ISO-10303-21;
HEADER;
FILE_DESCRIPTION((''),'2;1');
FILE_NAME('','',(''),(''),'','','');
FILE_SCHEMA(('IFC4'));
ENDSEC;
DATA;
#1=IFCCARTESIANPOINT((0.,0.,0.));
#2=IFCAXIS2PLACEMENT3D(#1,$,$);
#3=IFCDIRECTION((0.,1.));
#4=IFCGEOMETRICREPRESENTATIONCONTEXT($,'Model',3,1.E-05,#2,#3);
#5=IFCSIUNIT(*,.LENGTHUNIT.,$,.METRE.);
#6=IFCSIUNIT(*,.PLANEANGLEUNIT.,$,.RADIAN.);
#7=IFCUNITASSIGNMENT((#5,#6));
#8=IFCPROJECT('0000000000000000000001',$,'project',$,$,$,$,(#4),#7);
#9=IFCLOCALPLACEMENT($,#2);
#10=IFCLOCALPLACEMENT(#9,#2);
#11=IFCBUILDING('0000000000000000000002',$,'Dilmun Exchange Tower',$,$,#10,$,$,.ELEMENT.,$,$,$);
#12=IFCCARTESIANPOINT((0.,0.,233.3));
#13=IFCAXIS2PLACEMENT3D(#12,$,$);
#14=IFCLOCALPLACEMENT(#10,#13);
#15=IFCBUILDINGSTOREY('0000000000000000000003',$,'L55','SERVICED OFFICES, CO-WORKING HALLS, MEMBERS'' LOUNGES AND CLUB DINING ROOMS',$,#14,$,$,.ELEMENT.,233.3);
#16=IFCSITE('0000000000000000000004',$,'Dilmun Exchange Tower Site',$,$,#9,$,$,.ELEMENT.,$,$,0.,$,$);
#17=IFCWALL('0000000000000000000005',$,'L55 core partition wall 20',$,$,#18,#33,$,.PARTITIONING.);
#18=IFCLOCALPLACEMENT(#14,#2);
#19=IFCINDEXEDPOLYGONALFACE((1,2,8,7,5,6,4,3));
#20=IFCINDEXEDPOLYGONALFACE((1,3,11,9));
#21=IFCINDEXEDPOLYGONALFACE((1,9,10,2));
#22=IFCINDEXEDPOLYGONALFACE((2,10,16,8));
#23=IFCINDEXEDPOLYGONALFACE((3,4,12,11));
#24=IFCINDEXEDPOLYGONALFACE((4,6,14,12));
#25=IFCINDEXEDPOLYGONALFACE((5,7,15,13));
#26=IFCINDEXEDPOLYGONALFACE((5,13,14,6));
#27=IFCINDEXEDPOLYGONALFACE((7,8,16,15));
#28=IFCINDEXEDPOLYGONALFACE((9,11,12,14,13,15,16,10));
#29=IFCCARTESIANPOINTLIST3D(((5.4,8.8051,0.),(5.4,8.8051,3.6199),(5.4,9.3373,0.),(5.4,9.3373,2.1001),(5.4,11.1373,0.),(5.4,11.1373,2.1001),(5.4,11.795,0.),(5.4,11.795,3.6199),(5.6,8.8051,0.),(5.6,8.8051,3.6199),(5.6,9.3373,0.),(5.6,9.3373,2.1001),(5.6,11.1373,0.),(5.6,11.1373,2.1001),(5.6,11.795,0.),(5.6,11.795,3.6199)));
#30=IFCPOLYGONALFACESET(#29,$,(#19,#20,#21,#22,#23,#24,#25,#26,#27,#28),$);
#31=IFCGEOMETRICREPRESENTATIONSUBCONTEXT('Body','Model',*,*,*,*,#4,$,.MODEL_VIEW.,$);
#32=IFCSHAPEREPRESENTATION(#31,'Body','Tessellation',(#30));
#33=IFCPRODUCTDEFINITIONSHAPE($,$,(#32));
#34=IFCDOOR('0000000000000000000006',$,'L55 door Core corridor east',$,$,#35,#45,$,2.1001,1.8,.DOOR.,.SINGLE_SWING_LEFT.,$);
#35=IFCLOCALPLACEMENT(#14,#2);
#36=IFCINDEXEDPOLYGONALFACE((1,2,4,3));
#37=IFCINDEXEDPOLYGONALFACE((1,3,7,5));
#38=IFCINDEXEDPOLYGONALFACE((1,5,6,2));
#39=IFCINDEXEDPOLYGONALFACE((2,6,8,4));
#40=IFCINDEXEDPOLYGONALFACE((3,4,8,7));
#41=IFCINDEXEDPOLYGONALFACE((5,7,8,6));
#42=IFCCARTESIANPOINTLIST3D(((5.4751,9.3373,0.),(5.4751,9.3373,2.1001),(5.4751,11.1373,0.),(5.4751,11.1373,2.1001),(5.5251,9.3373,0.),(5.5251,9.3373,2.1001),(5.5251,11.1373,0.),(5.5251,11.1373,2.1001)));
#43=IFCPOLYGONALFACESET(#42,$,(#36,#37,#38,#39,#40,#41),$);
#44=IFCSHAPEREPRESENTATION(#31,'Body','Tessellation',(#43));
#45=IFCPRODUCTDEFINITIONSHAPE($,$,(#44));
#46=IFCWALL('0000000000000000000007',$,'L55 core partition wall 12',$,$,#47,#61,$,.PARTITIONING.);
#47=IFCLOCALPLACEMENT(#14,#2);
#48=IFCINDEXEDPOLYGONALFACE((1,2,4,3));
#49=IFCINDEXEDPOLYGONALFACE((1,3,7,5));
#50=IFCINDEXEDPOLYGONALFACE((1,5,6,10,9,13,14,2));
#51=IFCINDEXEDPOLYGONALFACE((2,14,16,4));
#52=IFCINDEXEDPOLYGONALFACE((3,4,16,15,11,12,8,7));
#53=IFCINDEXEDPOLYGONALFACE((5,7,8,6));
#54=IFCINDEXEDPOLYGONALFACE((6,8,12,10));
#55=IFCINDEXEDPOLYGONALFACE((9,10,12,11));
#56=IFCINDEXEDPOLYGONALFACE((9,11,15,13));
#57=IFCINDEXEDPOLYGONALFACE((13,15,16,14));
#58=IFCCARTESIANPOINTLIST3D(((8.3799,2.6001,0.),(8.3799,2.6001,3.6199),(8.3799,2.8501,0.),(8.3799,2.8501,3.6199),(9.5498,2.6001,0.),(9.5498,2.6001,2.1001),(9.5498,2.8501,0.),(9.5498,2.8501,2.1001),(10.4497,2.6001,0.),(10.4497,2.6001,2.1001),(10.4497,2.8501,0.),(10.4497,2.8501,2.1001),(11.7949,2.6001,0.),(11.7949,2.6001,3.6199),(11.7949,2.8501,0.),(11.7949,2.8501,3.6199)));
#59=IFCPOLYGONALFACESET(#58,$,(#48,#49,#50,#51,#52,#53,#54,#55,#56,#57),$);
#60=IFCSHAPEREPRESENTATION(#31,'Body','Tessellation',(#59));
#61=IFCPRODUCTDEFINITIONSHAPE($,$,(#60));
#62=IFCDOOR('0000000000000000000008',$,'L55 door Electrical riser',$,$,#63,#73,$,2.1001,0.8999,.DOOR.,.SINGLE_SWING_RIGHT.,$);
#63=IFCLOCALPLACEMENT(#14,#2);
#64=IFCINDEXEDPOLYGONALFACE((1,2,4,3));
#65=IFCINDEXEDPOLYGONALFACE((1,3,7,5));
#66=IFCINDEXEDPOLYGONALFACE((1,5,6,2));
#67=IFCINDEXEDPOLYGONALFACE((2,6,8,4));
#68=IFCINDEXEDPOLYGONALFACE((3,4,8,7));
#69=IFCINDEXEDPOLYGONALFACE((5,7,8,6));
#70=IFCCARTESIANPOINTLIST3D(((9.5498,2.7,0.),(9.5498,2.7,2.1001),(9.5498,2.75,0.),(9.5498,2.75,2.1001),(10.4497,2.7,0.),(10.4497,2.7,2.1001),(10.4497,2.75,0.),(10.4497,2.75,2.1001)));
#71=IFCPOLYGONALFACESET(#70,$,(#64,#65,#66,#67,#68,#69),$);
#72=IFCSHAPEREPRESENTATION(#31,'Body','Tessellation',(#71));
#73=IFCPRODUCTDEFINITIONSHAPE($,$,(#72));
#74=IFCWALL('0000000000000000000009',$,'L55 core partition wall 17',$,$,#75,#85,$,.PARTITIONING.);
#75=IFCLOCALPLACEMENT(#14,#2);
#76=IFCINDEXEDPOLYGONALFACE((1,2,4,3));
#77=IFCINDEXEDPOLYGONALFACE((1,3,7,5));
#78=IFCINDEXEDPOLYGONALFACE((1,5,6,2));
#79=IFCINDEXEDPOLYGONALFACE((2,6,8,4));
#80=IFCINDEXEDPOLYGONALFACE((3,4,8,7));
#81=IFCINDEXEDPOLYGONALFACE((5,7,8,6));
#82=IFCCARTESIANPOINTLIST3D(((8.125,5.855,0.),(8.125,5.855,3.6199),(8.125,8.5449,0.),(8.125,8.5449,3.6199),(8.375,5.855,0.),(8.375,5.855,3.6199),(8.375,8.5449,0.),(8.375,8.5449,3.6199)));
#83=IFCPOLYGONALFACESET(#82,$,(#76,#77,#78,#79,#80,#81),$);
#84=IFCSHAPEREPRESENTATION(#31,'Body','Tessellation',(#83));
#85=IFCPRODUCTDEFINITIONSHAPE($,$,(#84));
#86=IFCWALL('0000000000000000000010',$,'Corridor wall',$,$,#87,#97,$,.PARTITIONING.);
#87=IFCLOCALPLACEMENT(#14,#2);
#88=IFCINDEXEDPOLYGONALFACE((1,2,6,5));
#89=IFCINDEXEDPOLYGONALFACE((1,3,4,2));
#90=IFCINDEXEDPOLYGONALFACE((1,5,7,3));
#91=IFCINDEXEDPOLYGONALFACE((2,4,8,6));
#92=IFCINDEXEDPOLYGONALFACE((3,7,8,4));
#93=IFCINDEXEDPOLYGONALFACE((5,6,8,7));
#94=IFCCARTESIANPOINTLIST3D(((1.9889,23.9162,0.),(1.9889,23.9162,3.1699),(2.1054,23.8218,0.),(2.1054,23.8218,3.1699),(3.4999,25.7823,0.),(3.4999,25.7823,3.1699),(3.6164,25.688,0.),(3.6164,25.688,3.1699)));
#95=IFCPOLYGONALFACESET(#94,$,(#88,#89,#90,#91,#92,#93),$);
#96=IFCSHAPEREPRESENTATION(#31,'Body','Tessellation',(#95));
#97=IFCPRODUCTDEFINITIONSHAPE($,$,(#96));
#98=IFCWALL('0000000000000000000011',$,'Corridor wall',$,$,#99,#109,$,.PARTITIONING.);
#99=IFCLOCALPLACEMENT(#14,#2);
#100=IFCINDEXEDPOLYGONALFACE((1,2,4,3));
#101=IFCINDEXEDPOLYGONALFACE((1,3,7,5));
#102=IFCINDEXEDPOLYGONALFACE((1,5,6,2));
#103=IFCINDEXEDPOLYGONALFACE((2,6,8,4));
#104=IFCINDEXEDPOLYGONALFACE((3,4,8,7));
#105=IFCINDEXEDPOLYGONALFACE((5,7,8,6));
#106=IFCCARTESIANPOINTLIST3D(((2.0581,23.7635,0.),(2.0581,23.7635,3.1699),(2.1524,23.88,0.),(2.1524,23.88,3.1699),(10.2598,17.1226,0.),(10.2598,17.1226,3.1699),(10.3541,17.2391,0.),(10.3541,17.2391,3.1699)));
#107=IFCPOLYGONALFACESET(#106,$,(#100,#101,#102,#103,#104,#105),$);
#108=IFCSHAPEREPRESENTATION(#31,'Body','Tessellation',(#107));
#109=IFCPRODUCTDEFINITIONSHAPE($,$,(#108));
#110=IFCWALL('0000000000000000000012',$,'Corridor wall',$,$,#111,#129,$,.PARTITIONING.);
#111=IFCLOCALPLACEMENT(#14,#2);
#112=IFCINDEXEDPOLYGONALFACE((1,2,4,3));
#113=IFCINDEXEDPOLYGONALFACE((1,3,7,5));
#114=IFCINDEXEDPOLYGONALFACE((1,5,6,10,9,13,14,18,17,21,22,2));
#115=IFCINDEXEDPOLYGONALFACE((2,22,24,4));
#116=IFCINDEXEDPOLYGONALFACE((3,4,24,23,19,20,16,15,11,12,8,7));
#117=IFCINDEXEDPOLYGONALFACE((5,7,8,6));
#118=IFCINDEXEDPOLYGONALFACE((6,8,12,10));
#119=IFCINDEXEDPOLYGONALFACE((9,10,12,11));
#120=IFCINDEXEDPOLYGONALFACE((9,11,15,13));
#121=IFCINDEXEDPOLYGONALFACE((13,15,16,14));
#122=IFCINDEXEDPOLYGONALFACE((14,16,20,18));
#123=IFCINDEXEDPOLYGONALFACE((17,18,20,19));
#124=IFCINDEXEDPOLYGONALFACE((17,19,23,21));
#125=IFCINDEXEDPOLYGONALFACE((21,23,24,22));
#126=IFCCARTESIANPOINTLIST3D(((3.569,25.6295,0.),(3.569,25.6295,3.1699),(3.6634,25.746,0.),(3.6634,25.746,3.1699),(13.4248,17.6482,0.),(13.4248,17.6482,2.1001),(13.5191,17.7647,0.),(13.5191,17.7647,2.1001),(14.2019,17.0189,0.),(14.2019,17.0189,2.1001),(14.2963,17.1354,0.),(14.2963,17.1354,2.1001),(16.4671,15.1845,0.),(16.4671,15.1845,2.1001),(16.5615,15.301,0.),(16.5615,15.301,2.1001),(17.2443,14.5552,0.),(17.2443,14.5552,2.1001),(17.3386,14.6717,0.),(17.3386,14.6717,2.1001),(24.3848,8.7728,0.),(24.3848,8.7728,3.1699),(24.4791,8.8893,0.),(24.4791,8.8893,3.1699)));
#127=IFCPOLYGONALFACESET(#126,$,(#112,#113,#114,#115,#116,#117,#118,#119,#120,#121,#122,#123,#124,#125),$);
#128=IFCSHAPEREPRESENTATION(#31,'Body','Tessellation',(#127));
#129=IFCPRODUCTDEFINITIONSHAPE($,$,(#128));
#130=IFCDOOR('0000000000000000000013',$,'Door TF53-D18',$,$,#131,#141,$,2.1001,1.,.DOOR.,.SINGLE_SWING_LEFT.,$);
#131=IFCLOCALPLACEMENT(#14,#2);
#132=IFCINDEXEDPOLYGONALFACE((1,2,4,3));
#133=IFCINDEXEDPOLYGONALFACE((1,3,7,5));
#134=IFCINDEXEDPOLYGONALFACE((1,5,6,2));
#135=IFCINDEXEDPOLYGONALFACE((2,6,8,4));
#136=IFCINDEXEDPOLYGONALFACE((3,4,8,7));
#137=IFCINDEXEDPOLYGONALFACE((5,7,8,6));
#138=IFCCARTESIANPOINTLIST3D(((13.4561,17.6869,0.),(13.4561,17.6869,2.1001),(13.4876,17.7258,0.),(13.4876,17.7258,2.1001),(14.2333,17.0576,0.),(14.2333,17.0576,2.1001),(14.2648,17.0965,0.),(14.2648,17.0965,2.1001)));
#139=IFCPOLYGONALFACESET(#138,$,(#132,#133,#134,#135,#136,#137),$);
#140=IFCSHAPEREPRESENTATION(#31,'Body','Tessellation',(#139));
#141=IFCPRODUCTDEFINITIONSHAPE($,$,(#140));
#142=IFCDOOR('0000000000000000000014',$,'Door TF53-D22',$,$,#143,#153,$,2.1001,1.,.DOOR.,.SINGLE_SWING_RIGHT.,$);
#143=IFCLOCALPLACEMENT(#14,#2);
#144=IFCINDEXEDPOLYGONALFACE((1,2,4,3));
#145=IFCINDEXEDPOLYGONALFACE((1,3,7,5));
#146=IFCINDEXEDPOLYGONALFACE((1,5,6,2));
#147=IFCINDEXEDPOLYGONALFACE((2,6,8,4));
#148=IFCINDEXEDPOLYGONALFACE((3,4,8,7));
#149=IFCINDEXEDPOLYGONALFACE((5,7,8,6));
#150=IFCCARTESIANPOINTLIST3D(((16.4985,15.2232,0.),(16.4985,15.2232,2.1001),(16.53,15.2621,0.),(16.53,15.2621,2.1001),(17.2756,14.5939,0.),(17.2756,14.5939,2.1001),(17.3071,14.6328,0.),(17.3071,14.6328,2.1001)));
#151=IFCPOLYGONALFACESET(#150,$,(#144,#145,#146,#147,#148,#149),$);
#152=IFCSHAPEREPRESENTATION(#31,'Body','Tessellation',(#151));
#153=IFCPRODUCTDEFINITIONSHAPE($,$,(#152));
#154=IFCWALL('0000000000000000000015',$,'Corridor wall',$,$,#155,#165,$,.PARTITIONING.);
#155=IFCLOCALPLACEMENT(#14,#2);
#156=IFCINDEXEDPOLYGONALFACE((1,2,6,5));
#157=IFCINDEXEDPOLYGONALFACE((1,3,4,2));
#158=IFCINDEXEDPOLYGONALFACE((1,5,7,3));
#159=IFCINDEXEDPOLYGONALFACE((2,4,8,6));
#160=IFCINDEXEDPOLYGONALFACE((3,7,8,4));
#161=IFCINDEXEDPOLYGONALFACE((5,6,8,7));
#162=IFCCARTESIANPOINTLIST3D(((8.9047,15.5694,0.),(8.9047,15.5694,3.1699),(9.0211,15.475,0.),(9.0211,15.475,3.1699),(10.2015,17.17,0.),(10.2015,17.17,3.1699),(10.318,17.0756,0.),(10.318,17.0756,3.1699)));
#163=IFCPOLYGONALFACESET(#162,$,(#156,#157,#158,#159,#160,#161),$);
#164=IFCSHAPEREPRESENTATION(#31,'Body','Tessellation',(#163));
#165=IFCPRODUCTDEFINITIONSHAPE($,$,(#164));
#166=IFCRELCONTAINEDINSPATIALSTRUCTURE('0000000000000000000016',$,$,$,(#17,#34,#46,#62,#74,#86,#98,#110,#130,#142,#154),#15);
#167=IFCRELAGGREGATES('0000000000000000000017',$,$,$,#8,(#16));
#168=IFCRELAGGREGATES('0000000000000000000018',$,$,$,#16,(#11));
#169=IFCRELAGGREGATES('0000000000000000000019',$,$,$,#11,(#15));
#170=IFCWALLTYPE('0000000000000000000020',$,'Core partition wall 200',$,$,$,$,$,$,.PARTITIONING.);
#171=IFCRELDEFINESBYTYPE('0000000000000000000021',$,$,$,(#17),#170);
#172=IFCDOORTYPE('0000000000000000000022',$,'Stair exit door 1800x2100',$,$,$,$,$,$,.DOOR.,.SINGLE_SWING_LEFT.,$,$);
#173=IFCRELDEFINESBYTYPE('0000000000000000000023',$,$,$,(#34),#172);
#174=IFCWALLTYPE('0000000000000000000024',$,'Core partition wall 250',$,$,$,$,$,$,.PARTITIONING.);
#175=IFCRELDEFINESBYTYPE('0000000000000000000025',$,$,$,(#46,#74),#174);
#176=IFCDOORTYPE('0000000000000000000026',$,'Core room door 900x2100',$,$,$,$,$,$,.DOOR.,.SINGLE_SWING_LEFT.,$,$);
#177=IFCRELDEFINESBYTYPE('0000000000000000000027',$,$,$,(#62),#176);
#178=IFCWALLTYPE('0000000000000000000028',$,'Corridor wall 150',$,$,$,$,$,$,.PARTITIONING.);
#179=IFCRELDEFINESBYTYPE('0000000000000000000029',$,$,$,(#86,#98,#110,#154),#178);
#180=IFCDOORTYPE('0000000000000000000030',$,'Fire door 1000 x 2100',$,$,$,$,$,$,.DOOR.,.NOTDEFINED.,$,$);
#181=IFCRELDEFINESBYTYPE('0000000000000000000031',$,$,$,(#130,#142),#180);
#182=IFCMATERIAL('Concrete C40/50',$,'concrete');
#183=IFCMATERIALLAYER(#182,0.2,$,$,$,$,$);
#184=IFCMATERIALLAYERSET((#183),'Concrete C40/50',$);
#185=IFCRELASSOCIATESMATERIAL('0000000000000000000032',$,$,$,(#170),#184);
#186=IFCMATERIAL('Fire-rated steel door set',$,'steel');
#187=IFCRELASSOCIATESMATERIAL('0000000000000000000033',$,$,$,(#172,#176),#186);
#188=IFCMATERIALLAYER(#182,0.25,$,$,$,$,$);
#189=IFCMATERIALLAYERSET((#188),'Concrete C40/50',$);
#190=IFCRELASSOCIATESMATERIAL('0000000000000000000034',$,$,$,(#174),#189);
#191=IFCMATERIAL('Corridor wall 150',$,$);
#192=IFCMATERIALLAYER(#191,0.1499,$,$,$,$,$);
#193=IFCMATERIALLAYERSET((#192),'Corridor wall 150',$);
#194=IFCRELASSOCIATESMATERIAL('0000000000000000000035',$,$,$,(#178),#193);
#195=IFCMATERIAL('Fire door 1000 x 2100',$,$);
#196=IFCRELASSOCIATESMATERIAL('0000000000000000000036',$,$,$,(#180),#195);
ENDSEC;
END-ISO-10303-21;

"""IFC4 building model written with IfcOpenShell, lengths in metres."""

from ifc_helpers import new_model, si_unit, direction, frame, frame_2d, origin, place, context, subcontext, project, spatial, rectangle, extrude, material, layer, layer_set, type_object, element, fill, save


model = new_model("IFC4")

# Units and contexts
model_context = context("Model", 3, precision=1e-05, world=origin(), true_north=direction((0.0, 1.0)))
body_context = subcontext(model_context, "Body", "Model", "MODEL_VIEW")
ifc_project = project(units=[si_unit("LENGTHUNIT", "METRE"), si_unit("PLANEANGLEUNIT", "RADIAN")], contexts=[model_context])

# Site, building, storey
site_placement = place(None, origin())
site = spatial("IfcSite", under=ifc_project, at=site_placement, Name="Dilmun Exchange Tower Site", CompositionType="ELEMENT", RefElevation=0.0)
building_placement = place(site_placement, origin())
building = spatial("IfcBuilding", under=site, at=building_placement, Name="Dilmun Exchange Tower", CompositionType="ELEMENT")
storey_placement = place(building_placement, frame((0.0, 0.0, 233.3)))
storey = spatial("IfcBuildingStorey", under=building, at=storey_placement, Name="L55", Description="SERVICED OFFICES, CO-WORKING HALLS, MEMBERS' LOUNGES AND CLUB DINING ROOMS", CompositionType="ELEMENT", Elevation=233.3)

# Walls, openings, doors
ifc_material_1 = material(Name="Concrete C40/50", Category="concrete")
ifc_layer_1 = layer(ifc_material_1, 0.2)
ifc_layer_set_1 = layer_set([ifc_layer_1], Name="Concrete C40/50")
wall_type_1 = type_object("IfcWallType", Name="Core partition wall 200", PredefinedType="PARTITIONING", material=ifc_layer_set_1)
wall_1_placement = place(storey_placement, frame((5.5, 8.8049, 0.0), z_axis=(0.0, 0.0, 1.0), x_axis=(0.0, 1.0, 0.0)))
wall_1 = element("IfcWall", 1, at=wall_1_placement, inside=storey, type_object=wall_type_1, Name="L55 core partition wall 20", PredefinedType="PARTITIONING", context=body_context, shape_type="SweptSolid", body=[
    extrude(rectangle(XDim=2.99, YDim=0.2, at=frame_2d((1.4951, 0.0))), origin(), (0.0, 0.0, 1.0), 3.6199),
])
opening_1_placement = place(wall_1_placement, frame((0.5325, 0.0, 0.0)))
opening_1 = element("IfcOpeningElement", 2, at=opening_1_placement, cuts=wall_1, PredefinedType="OPENING", context=body_context, shape_type="SweptSolid", body=[
    extrude(rectangle(XDim=1.8, YDim=2.1001, at=frame_2d((0.8999, 1.05))), frame((0.0, 0.1099, 0.0), z_axis=(0.0, -1.0, 0.0), x_axis=(1.0, 0.0, 0.0)), (0.0, 0.0, 1.0), 0.22),
])
ifc_material_2 = material(Name="Fire-rated steel door set", Category="steel")
door_type_1 = type_object("IfcDoorType", Name="Stair exit door 1800x2100", OperationType="SINGLE_SWING_LEFT", PredefinedType="DOOR", material=ifc_material_2)
door_1_placement = place(opening_1_placement, origin())
door_1 = element("IfcDoor", 3, at=door_1_placement, inside=storey, type_object=door_type_1, Name="L55 door Core corridor east", OperationType="SINGLE_SWING_LEFT", OverallHeight=2.1001, OverallWidth=1.8, PredefinedType="DOOR", context=body_context, shape_type="SweptSolid", body=[
    extrude(rectangle(XDim=1.8, YDim=2.1001, at=frame_2d((0.8999, 1.05))), frame((0.0, 0.0249, 0.0), z_axis=(0.0, -1.0, 0.0), x_axis=(1.0, 0.0, 0.0)), (0.0, 0.0, 1.0), 0.05),
])
fill(opening_1, door_1)
ifc_layer_2 = layer(ifc_material_1, 0.25)
ifc_layer_set_2 = layer_set([ifc_layer_2], Name="Concrete C40/50")
wall_type_2 = type_object("IfcWallType", Name="Core partition wall 250", PredefinedType="PARTITIONING", material=ifc_layer_set_2)
wall_2_placement = place(storey_placement, frame((8.3799, 2.7251, 0.0), z_axis=(0.0, 0.0, 1.0), x_axis=(1.0, 0.0, 0.0)))
wall_2 = element("IfcWall", 4, at=wall_2_placement, inside=storey, type_object=wall_type_2, Name="L55 core partition wall 12", PredefinedType="PARTITIONING", context=body_context, shape_type="SweptSolid", body=[
    extrude(rectangle(XDim=3.415, YDim=0.25, at=frame_2d((1.7075, 0.0))), origin(), (0.0, 0.0, 1.0), 3.6199),
])
opening_2_placement = place(wall_2_placement, frame((1.1699, 0.0, 0.0)))
opening_2 = element("IfcOpeningElement", 5, at=opening_2_placement, cuts=wall_2, PredefinedType="OPENING", context=body_context, shape_type="SweptSolid", body=[
    extrude(rectangle(XDim=0.8999, YDim=2.1001, at=frame_2d((0.45, 1.05))), frame((0.0, 0.135, 0.0), z_axis=(0.0, -1.0, 0.0), x_axis=(1.0, 0.0, 0.0)), (0.0, 0.0, 1.0), 0.27),
])
door_type_2 = type_object("IfcDoorType", Name="Core room door 900x2100", OperationType="SINGLE_SWING_LEFT", PredefinedType="DOOR", material=ifc_material_2)
door_2_placement = place(opening_2_placement, origin())
door_2 = element("IfcDoor", 6, at=door_2_placement, inside=storey, type_object=door_type_2, Name="L55 door Electrical riser", OperationType="SINGLE_SWING_RIGHT", OverallHeight=2.1001, OverallWidth=0.8999, PredefinedType="DOOR", context=body_context, shape_type="SweptSolid", body=[
    extrude(rectangle(XDim=0.8999, YDim=2.1001, at=frame_2d((0.45, 1.05))), frame((0.0, 0.0249, 0.0), z_axis=(0.0, -1.0, 0.0), x_axis=(1.0, 0.0, 0.0)), (0.0, 0.0, 1.0), 0.05),
])
fill(opening_2, door_2)

# Walls
wall_3_placement = place(storey_placement, frame((8.25, 5.855, 0.0), z_axis=(0.0, 0.0, 1.0), x_axis=(0.0, 1.0, 0.0)))
element("IfcWall", 7, at=wall_3_placement, inside=storey, type_object=wall_type_2, Name="L55 core partition wall 17", PredefinedType="PARTITIONING", context=body_context, shape_type="SweptSolid", body=[
    extrude(rectangle(XDim=2.6899, YDim=0.25, at=frame_2d((1.345, 0.0))), origin(), (0.0, 0.0, 1.0), 3.6199),
])
ifc_material_3 = material(Name="Corridor wall 150")
ifc_layer_3 = layer(ifc_material_3, 0.1499)
ifc_layer_set_3 = layer_set([ifc_layer_3], Name="Corridor wall 150")
wall_type_3 = type_object("IfcWallType", Name="Corridor wall 150", PredefinedType="PARTITIONING", material=ifc_layer_set_3)
wall_4_placement = place(storey_placement, frame((2.0471, 23.8689, 0.0), z_axis=(0.0, 0.0, 1.0), x_axis=(0.62926, 0.777195, 0.0)))
element("IfcWall", 8, at=wall_4_placement, inside=storey, type_object=wall_type_3, Name="Corridor wall", PredefinedType="PARTITIONING", context=body_context, shape_type="SweptSolid", body=[
    extrude(rectangle(XDim=2.4011, YDim=0.1499, at=frame_2d((1.2007, 0.0))), origin(), (0.0, 0.0, 1.0), 3.1699),
])
wall_5_placement = place(storey_placement, frame((2.1052, 23.8218, 0.0), z_axis=(0.0, 0.0, 1.0), x_axis=(0.777179, -0.62928, 0.0)))
element("IfcWall", 9, at=wall_5_placement, inside=storey, type_object=wall_type_3, Name="Corridor wall", PredefinedType="PARTITIONING", context=body_context, shape_type="SweptSolid", body=[
    extrude(rectangle(XDim=10.5532, YDim=0.1499, at=frame_2d((5.2766, 0.0))), origin(), (0.0, 0.0, 1.0), 3.1699),
])

# Wall, openings, doors
wall_6_placement = place(storey_placement, frame((3.6162, 25.6877, 0.0), z_axis=(0.0, 0.0, 1.0), x_axis=(0.777137, -0.629331, 0.0)))
wall_6 = element("IfcWall", 10, at=wall_6_placement, inside=storey, type_object=wall_type_3, Name="Corridor wall", PredefinedType="PARTITIONING", context=body_context, shape_type="SweptSolid", body=[
    extrude(rectangle(XDim=26.7852, YDim=0.1499, at=frame_2d((13.3926, 0.0))), origin(), (0.0, 0.0, 1.0), 3.1699),
])
opening_3_placement = place(wall_6_placement, frame((12.6821, 0.0, 0.0)))
opening_3 = element("IfcOpeningElement", 11, at=opening_3_placement, cuts=wall_6, PredefinedType="OPENING", context=body_context, shape_type="SweptSolid", body=[
    extrude(rectangle(XDim=1.0, YDim=2.1001, at=frame_2d((0.5, 1.05))), frame((0.0, 0.085, 0.0), z_axis=(0.0, -1.0, 0.0), x_axis=(1.0, 0.0, 0.0)), (0.0, 0.0, 1.0), 0.1699),
])
opening_4_placement = place(wall_6_placement, frame((16.5969, 0.0, 0.0)))
opening_4 = element("IfcOpeningElement", 12, at=opening_4_placement, cuts=wall_6, PredefinedType="OPENING", context=body_context, shape_type="SweptSolid", body=[
    extrude(rectangle(XDim=1.0, YDim=2.1001, at=frame_2d((0.5, 1.05))), frame((0.0, 0.085, 0.0), z_axis=(0.0, -1.0, 0.0), x_axis=(1.0, 0.0, 0.0)), (0.0, 0.0, 1.0), 0.1699),
])
ifc_material_4 = material(Name="Fire door 1000 x 2100")
door_type_3 = type_object("IfcDoorType", Name="Fire door 1000 x 2100", OperationType="NOTDEFINED", PredefinedType="DOOR", material=ifc_material_4)
door_3_placement = place(opening_3_placement, origin())
door_3 = element("IfcDoor", 13, at=door_3_placement, inside=storey, type_object=door_type_3, Name="Door TF53-D18", OperationType="SINGLE_SWING_LEFT", OverallHeight=2.1001, OverallWidth=1.0, PredefinedType="DOOR", context=body_context, shape_type="SweptSolid", body=[
    extrude(rectangle(XDim=1.0, YDim=2.1001, at=frame_2d((0.5, 1.05))), frame((0.0, 0.0249, 0.0), z_axis=(0.0, -1.0, 0.0), x_axis=(1.0, 0.0, 0.0)), (0.0, 0.0, 1.0), 0.05),
])
fill(opening_3, door_3)
door_4_placement = place(opening_4_placement, origin())
door_4 = element("IfcDoor", 14, at=door_4_placement, inside=storey, type_object=door_type_3, Name="Door TF53-D22", OperationType="SINGLE_SWING_RIGHT", OverallHeight=2.1001, OverallWidth=1.0, PredefinedType="DOOR", context=body_context, shape_type="SweptSolid", body=[
    extrude(rectangle(XDim=1.0, YDim=2.1001, at=frame_2d((0.5, 1.05))), frame((0.0, 0.0249, 0.0), z_axis=(0.0, -1.0, 0.0), x_axis=(1.0, 0.0, 0.0)), (0.0, 0.0, 1.0), 0.05),
])
fill(opening_4, door_4)

# Wall
wall_7_placement = place(storey_placement, frame((8.9629, 15.5222, 0.0), z_axis=(0.0, 0.0, 1.0), x_axis=(0.629539, 0.776969, 0.0)))
element("IfcWall", 15, at=wall_7_placement, inside=storey, type_object=wall_type_3, Name="Corridor wall", PredefinedType="PARTITIONING", context=body_context, shape_type="SweptSolid", body=[
    extrude(rectangle(XDim=2.0601, YDim=0.1499, at=frame_2d((1.03, 0.0))), origin(), (0.0, 0.0, 1.0), 3.1699),
])

save(model, "model.ifc")
